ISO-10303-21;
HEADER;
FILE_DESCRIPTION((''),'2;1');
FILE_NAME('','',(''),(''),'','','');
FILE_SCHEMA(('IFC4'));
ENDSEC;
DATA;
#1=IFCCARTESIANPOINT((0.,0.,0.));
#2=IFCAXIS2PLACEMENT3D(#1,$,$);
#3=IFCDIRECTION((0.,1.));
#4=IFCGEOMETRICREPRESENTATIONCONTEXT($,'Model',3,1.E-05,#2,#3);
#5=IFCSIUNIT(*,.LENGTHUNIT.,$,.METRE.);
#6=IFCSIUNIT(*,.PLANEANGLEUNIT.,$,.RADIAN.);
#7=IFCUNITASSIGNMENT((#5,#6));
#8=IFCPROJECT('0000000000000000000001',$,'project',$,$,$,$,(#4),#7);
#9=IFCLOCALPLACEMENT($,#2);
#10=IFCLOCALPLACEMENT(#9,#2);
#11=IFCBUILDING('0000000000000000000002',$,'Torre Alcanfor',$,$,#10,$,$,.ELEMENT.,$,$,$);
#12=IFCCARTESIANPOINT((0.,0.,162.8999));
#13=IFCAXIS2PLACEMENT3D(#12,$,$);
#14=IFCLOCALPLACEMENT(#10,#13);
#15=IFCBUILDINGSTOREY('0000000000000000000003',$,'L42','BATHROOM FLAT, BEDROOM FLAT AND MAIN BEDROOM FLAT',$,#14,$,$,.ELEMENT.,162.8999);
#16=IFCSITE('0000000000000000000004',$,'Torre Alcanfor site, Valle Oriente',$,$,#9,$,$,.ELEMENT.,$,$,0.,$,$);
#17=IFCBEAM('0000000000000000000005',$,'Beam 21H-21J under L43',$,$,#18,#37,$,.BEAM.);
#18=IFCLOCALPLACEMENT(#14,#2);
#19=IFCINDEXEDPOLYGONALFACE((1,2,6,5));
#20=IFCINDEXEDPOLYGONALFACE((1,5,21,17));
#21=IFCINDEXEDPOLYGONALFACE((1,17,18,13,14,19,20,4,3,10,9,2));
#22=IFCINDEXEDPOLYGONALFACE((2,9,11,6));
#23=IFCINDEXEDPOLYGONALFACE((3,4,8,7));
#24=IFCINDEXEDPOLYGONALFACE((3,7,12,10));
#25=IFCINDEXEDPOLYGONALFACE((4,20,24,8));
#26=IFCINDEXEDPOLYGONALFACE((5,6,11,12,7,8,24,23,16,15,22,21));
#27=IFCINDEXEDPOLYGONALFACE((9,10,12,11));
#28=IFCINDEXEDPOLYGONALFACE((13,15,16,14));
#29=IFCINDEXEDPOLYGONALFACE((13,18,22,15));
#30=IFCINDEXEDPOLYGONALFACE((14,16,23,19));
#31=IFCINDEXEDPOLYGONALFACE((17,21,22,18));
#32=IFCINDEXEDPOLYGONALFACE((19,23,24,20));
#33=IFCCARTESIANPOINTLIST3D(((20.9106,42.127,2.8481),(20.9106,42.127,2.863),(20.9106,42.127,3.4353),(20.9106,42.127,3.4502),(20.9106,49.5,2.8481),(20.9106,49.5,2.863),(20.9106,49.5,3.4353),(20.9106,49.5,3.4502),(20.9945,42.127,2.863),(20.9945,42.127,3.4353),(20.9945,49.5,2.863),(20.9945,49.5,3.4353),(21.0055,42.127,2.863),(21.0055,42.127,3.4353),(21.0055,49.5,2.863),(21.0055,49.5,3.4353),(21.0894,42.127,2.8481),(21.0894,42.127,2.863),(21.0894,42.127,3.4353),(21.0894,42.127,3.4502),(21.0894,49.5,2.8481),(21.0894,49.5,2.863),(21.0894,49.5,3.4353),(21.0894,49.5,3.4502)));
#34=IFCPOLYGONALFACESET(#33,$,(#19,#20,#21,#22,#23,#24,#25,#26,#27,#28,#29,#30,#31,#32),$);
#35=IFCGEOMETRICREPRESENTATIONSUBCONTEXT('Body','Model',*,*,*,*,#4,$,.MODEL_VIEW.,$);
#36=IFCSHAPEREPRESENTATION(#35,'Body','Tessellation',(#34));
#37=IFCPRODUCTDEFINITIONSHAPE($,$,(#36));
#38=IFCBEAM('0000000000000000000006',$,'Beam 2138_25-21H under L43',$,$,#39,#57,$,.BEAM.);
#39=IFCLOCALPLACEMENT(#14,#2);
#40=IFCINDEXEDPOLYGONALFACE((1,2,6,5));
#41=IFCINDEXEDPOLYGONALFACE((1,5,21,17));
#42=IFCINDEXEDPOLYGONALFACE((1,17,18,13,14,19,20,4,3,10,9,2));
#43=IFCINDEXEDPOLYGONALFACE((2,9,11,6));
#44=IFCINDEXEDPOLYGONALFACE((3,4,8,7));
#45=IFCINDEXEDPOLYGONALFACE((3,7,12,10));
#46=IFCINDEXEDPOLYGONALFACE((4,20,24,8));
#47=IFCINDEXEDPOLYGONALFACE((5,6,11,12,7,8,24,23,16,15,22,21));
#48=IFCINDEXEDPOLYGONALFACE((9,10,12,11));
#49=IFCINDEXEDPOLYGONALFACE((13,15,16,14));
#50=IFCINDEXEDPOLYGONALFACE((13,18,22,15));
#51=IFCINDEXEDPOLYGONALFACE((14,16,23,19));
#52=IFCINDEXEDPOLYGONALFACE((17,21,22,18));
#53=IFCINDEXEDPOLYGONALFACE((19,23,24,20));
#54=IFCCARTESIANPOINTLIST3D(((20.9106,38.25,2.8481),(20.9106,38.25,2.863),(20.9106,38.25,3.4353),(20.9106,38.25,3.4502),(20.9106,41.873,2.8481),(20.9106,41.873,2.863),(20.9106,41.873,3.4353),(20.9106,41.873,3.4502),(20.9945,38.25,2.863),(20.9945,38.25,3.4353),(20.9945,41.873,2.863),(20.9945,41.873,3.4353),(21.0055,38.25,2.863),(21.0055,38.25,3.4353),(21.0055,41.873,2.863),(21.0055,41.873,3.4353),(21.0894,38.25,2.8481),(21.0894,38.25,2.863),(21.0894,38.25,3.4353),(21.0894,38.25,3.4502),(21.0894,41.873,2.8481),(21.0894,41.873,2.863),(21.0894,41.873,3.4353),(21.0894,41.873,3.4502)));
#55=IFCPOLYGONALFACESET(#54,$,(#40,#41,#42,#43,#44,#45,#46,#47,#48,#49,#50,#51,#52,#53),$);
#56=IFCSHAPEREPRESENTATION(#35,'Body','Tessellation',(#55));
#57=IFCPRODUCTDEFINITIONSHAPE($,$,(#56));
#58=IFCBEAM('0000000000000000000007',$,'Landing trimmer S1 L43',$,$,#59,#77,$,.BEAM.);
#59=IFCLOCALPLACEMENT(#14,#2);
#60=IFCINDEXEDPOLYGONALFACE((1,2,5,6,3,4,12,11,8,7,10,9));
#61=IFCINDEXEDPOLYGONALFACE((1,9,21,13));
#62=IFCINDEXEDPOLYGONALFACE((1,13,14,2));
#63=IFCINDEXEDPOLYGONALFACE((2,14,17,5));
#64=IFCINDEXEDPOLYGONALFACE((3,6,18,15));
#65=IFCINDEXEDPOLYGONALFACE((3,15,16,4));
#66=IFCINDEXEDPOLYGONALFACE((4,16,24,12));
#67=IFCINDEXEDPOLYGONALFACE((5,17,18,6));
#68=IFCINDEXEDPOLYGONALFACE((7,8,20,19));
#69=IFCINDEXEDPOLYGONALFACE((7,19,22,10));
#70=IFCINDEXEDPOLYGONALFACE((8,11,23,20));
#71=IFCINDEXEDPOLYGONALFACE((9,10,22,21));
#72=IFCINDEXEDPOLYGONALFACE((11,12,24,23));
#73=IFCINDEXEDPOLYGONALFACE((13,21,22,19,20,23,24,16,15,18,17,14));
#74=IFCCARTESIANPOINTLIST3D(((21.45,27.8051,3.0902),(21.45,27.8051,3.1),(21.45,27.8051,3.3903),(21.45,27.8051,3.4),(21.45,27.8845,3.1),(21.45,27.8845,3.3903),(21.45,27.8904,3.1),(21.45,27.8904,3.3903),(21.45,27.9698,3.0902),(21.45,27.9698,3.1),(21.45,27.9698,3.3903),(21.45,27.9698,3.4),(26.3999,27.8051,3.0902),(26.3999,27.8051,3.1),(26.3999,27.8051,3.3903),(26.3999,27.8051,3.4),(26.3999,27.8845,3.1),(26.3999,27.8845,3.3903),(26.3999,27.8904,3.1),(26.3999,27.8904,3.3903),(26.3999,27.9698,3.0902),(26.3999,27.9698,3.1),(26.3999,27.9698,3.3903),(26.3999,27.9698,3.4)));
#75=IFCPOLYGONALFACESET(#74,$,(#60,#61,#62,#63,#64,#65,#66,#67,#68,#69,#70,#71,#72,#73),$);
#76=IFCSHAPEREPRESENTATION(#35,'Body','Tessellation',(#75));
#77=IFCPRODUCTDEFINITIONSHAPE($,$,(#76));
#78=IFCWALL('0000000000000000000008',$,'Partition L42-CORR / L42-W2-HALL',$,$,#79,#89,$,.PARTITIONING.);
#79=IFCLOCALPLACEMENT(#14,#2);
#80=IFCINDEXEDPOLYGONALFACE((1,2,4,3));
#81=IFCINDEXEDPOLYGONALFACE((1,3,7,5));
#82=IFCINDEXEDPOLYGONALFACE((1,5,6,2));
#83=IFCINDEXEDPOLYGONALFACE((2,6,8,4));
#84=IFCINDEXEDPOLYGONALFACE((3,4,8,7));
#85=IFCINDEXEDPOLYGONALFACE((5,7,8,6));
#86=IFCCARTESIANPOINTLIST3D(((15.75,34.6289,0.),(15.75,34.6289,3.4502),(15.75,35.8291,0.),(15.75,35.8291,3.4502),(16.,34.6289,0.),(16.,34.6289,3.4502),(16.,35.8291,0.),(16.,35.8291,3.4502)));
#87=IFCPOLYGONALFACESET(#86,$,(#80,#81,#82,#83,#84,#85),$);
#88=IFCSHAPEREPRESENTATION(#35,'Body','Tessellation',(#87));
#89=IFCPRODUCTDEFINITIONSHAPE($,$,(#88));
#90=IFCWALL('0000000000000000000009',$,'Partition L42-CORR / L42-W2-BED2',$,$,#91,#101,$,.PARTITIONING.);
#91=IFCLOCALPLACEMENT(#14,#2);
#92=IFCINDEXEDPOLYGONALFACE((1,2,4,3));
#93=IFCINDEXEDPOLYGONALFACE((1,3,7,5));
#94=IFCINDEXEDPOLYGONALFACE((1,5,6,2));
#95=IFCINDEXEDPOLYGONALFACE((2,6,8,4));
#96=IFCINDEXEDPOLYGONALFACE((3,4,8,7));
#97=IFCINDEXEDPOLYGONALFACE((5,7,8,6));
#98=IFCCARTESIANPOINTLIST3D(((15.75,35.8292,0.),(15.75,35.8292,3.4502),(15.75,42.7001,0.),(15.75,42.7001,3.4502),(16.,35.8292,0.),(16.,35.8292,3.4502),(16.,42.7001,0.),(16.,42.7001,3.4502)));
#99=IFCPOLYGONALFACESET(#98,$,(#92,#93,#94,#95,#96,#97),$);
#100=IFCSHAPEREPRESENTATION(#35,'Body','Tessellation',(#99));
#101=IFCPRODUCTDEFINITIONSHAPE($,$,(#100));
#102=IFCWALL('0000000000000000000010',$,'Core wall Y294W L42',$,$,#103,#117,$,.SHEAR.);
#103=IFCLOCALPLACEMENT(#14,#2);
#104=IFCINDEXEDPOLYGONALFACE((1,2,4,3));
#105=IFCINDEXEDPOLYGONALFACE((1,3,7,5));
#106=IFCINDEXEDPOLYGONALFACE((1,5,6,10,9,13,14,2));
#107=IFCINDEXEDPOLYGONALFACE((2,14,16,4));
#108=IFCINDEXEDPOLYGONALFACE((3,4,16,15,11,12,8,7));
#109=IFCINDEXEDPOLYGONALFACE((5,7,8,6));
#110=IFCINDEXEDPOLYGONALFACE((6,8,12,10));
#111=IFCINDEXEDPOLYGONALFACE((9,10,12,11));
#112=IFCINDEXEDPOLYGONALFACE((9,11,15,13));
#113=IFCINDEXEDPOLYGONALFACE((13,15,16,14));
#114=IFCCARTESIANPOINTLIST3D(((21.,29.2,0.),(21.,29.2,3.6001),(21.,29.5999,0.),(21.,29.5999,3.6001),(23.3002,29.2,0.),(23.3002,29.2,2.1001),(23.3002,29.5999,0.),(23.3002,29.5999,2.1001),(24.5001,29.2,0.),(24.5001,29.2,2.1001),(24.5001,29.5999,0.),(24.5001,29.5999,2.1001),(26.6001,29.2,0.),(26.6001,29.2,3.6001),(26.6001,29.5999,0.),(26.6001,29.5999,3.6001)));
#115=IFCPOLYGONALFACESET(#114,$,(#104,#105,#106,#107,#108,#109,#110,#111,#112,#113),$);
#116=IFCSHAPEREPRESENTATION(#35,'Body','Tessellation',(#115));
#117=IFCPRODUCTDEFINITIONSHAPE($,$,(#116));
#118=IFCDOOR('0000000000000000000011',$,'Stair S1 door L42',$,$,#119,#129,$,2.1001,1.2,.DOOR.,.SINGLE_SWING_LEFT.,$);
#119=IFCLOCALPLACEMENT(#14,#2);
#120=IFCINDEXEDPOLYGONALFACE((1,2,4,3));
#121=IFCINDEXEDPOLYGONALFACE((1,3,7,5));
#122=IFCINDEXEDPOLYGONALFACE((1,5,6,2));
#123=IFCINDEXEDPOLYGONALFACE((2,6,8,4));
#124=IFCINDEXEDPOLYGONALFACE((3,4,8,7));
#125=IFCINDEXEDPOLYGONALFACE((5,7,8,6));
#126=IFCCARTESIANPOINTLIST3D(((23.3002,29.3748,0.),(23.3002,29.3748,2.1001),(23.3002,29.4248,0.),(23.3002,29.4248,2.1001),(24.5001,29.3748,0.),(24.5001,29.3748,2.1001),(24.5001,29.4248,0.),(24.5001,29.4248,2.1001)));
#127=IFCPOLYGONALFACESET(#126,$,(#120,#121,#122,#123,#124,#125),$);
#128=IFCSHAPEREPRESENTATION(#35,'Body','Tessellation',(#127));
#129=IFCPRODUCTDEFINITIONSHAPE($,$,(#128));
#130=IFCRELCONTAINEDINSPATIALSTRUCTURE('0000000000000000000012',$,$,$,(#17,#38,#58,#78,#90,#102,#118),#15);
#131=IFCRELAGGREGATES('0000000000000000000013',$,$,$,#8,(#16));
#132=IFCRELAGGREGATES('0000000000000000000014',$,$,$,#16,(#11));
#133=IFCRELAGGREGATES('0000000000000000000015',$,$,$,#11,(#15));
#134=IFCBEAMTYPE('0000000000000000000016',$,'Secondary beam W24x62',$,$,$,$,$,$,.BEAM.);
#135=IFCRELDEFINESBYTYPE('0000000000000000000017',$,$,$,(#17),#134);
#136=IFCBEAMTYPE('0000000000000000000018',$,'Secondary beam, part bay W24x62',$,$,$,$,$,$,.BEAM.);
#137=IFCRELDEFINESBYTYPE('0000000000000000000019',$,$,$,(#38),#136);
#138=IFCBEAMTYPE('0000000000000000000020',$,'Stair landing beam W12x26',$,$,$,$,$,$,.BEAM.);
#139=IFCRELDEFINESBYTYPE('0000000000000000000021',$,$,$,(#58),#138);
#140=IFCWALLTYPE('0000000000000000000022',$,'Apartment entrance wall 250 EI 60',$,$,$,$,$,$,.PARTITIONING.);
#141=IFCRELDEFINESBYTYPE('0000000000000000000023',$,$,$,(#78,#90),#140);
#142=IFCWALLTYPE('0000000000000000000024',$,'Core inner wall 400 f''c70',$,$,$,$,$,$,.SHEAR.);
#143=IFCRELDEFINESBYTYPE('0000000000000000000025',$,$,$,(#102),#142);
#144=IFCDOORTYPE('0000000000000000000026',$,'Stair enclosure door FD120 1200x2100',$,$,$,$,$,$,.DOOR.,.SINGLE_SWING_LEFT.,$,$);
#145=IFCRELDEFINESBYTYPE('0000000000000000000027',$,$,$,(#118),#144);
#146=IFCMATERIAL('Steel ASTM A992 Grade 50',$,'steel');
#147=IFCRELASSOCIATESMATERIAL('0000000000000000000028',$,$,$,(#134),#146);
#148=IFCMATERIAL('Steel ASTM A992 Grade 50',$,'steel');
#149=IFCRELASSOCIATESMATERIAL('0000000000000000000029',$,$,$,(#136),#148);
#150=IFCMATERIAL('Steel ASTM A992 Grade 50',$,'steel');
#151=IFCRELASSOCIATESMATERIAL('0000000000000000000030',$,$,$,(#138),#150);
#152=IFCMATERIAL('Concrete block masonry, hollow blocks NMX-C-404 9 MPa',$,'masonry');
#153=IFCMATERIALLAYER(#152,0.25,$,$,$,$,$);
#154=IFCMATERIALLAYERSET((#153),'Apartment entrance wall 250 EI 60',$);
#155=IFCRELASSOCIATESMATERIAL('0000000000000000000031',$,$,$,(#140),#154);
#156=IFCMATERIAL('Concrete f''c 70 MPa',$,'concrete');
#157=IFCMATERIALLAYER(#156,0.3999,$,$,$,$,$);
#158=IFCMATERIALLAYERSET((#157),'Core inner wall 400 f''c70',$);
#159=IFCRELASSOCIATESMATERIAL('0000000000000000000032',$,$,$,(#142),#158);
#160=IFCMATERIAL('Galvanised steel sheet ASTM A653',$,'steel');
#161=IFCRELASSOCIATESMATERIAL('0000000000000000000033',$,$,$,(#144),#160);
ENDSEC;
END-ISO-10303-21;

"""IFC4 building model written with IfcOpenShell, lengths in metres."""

from ifc_helpers import new_model, si_unit, direction, frame, frame_2d, origin, origin_2d, place, context, subcontext, project, spatial, rectangle, i_section, extrude, material, layer, layer_set, material_profile, profile_set, type_object, element, fill, save


model = new_model("IFC4")

# Units and contexts
model_context = context("Model", 3, precision=1e-05, world=origin(), true_north=direction((0.0, 1.0)))
body_context = subcontext(model_context, "Body", "Model", "MODEL_VIEW")
ifc_project = project(units=[si_unit("LENGTHUNIT", "METRE"), si_unit("PLANEANGLEUNIT", "RADIAN")], contexts=[model_context])

# Site, building, storey
site_placement = place(None, origin())
site = spatial("IfcSite", under=ifc_project, at=site_placement, Name="Torre Alcanfor site, Valle Oriente", CompositionType="ELEMENT", RefElevation=0.0)
building_placement = place(site_placement, origin())
building = spatial("IfcBuilding", under=site, at=building_placement, Name="Torre Alcanfor", CompositionType="ELEMENT")
storey_placement = place(building_placement, frame((0.0, 0.0, 162.8999)))
storey = spatial("IfcBuildingStorey", under=building, at=storey_placement, Name="L42", Description="BATHROOM FLAT, BEDROOM FLAT AND MAIN BEDROOM FLAT", CompositionType="ELEMENT", Elevation=162.8999)

# Beams
ifc_material_1 = material(Name="Steel ASTM A992 Grade 50", Category="steel")
ifc_material_profile_1 = material_profile(ifc_material_1, i_section(OverallWidth=0.1787, OverallDepth=0.6021, WebThickness=0.011, FlangeThickness=0.0149, at=origin_2d()), Name="W24x62")
ifc_profile_set_1 = profile_set([ifc_material_profile_1], Name="Steel ASTM A992 Grade 50")
beam_type_1 = type_object("IfcBeamType", Name="Secondary beam W24x62", PredefinedType="BEAM", material=ifc_profile_set_1)
beam_1_placement = place(storey_placement, frame((21.0, 42.127, 3.1492), z_axis=(0.0, 1.0, 0.0), x_axis=(-1.0, 0.0, 0.0)))
element("IfcBeam", 1, at=beam_1_placement, inside=storey, type_object=beam_type_1, Name="Beam 21H-21J under L43", PredefinedType="BEAM", context=body_context, shape_type="SweptSolid", body=[
    extrude(i_section(OverallWidth=0.1787, OverallDepth=0.6021, WebThickness=0.011, FlangeThickness=0.0149, at=origin_2d()), origin(), (0.0, 0.0, 1.0), 7.373),
])
ifc_material_2 = material(Name="Steel ASTM A992 Grade 50", Category="steel")
ifc_material_profile_2 = material_profile(ifc_material_2, i_section(OverallWidth=0.1787, OverallDepth=0.6021, WebThickness=0.011, FlangeThickness=0.0149, at=origin_2d()), Name="W24x62")
ifc_profile_set_2 = profile_set([ifc_material_profile_2], Name="Steel ASTM A992 Grade 50")
beam_type_2 = type_object("IfcBeamType", Name="Secondary beam, part bay W24x62", PredefinedType="BEAM", material=ifc_profile_set_2)
beam_2_placement = place(storey_placement, frame((21.0, 38.25, 3.1492), z_axis=(0.0, 1.0, 0.0), x_axis=(-1.0, 0.0, 0.0)))
element("IfcBeam", 2, at=beam_2_placement, inside=storey, type_object=beam_type_2, Name="Beam 2138_25-21H under L43", PredefinedType="BEAM", context=body_context, shape_type="SweptSolid", body=[
    extrude(i_section(OverallWidth=0.1787, OverallDepth=0.6021, WebThickness=0.011, FlangeThickness=0.0149, at=origin_2d()), origin(), (0.0, 0.0, 1.0), 3.623),
])
ifc_material_3 = material(Name="Steel ASTM A992 Grade 50", Category="steel")
ifc_material_profile_3 = material_profile(ifc_material_3, i_section(OverallWidth=0.1648, OverallDepth=0.3098, WebThickness=0.0059, FlangeThickness=0.0098, at=origin_2d()), Name="W12x26")
ifc_profile_set_3 = profile_set([ifc_material_profile_3], Name="Steel ASTM A992 Grade 50")
beam_type_3 = type_object("IfcBeamType", Name="Stair landing beam W12x26", PredefinedType="BEAM", material=ifc_profile_set_3)
beam_3_placement = place(storey_placement, frame((21.45, 27.8875, 3.2451), z_axis=(1.0, 0.0, 0.0), x_axis=(0.0, 1.0, 0.0)))
element("IfcBeam", 3, at=beam_3_placement, inside=storey, type_object=beam_type_3, Name="Landing trimmer S1 L43", PredefinedType="BEAM", context=body_context, shape_type="SweptSolid", body=[
    extrude(i_section(OverallWidth=0.1648, OverallDepth=0.3098, WebThickness=0.0059, FlangeThickness=0.0098, at=origin_2d()), origin(), (0.0, 0.0, 1.0), 4.95),
])

# Walls
ifc_material_4 = material(Name="Concrete block masonry, hollow blocks NMX-C-404 9 MPa", Category="masonry")
ifc_layer_1 = layer(ifc_material_4, 0.25)
ifc_layer_set_1 = layer_set([ifc_layer_1], Name="Apartment entrance wall 250 EI 60")
wall_type_1 = type_object("IfcWallType", Name="Apartment entrance wall 250 EI 60", PredefinedType="PARTITIONING", material=ifc_layer_set_1)
wall_1_placement = place(storey_placement, frame((15.875, 34.6289, 0.0), z_axis=(0.0, 0.0, 1.0), x_axis=(0.0, 1.0, 0.0)))
element("IfcWall", 4, at=wall_1_placement, inside=storey, type_object=wall_type_1, Name="Partition L42-CORR / L42-W2-HALL", PredefinedType="PARTITIONING", context=body_context, shape_type="SweptSolid", body=[
    extrude(rectangle(XDim=1.2002, YDim=0.25, at=frame_2d((0.6001, 0.0))), origin(), (0.0, 0.0, 1.0), 3.4502),
])
wall_2_placement = place(storey_placement, frame((15.875, 35.8291, 0.0), z_axis=(0.0, 0.0, 1.0), x_axis=(0.0, 1.0, 0.0)))
element("IfcWall", 5, at=wall_2_placement, inside=storey, type_object=wall_type_1, Name="Partition L42-CORR / L42-W2-BED2", PredefinedType="PARTITIONING", context=body_context, shape_type="SweptSolid", body=[
    extrude(rectangle(XDim=6.8708, YDim=0.25, at=frame_2d((3.4355, 0.0))), origin(), (0.0, 0.0, 1.0), 3.4502),
])

# Wall, opening, door
ifc_material_5 = material(Name="Concrete f'c 70 MPa", Category="concrete")
ifc_layer_2 = layer(ifc_material_5, 0.3999)
ifc_layer_set_2 = layer_set([ifc_layer_2], Name="Core inner wall 400 f'c70")
wall_type_2 = type_object("IfcWallType", Name="Core inner wall 400 f'c70", PredefinedType="SHEAR", material=ifc_layer_set_2)
wall_3_placement = place(storey_placement, frame((21.0, 29.3999, 0.0), z_axis=(0.0, 0.0, 1.0), x_axis=(1.0, 0.0, 0.0)))
wall_3 = element("IfcWall", 6, at=wall_3_placement, inside=storey, type_object=wall_type_2, Name="Core wall Y294W L42", PredefinedType="SHEAR", context=body_context, shape_type="SweptSolid", body=[
    extrude(rectangle(XDim=5.6001, YDim=0.3999, at=frame_2d((2.8, 0.0))), origin(), (0.0, 0.0, 1.0), 3.6001),
])
opening_1_placement = place(wall_3_placement, frame((2.3, 0.0, 0.0)))
opening_1 = element("IfcOpeningElement", 7, at=opening_1_placement, cuts=wall_3, PredefinedType="OPENING", context=body_context, shape_type="SweptSolid", body=[
    extrude(rectangle(XDim=1.2, YDim=2.1001, at=frame_2d((0.6001, 1.05))), frame((0.0, 0.21, 0.0), z_axis=(0.0, -1.0, 0.0), x_axis=(1.0, 0.0, 0.0)), (0.0, 0.0, 1.0), 0.4199),
])
ifc_material_6 = material(Name="Galvanised steel sheet ASTM A653", Category="steel")
door_type_1 = type_object("IfcDoorType", Name="Stair enclosure door FD120 1200x2100", OperationType="SINGLE_SWING_LEFT", PredefinedType="DOOR", material=ifc_material_6)
door_1_placement = place(opening_1_placement, frame((1.2, 0.0, 0.0), z_axis=(0.0, 0.0, 1.0), x_axis=(-1.0, 0.0, 0.0)))
door_1 = element("IfcDoor", 8, at=door_1_placement, inside=storey, type_object=door_type_1, Name="Stair S1 door L42", OperationType="SINGLE_SWING_LEFT", OverallHeight=2.1001, OverallWidth=1.2, PredefinedType="DOOR", context=body_context, shape_type="SweptSolid", body=[
    extrude(rectangle(XDim=1.2, YDim=2.1001, at=frame_2d((0.5999, 1.05))), frame((0.0, 0.0251, 0.0), z_axis=(0.0, -1.0, 0.0), x_axis=(1.0, 0.0, 0.0)), (0.0, 0.0, 1.0), 0.05),
])
fill(opening_1, door_1)

save(model, "model.ifc")
